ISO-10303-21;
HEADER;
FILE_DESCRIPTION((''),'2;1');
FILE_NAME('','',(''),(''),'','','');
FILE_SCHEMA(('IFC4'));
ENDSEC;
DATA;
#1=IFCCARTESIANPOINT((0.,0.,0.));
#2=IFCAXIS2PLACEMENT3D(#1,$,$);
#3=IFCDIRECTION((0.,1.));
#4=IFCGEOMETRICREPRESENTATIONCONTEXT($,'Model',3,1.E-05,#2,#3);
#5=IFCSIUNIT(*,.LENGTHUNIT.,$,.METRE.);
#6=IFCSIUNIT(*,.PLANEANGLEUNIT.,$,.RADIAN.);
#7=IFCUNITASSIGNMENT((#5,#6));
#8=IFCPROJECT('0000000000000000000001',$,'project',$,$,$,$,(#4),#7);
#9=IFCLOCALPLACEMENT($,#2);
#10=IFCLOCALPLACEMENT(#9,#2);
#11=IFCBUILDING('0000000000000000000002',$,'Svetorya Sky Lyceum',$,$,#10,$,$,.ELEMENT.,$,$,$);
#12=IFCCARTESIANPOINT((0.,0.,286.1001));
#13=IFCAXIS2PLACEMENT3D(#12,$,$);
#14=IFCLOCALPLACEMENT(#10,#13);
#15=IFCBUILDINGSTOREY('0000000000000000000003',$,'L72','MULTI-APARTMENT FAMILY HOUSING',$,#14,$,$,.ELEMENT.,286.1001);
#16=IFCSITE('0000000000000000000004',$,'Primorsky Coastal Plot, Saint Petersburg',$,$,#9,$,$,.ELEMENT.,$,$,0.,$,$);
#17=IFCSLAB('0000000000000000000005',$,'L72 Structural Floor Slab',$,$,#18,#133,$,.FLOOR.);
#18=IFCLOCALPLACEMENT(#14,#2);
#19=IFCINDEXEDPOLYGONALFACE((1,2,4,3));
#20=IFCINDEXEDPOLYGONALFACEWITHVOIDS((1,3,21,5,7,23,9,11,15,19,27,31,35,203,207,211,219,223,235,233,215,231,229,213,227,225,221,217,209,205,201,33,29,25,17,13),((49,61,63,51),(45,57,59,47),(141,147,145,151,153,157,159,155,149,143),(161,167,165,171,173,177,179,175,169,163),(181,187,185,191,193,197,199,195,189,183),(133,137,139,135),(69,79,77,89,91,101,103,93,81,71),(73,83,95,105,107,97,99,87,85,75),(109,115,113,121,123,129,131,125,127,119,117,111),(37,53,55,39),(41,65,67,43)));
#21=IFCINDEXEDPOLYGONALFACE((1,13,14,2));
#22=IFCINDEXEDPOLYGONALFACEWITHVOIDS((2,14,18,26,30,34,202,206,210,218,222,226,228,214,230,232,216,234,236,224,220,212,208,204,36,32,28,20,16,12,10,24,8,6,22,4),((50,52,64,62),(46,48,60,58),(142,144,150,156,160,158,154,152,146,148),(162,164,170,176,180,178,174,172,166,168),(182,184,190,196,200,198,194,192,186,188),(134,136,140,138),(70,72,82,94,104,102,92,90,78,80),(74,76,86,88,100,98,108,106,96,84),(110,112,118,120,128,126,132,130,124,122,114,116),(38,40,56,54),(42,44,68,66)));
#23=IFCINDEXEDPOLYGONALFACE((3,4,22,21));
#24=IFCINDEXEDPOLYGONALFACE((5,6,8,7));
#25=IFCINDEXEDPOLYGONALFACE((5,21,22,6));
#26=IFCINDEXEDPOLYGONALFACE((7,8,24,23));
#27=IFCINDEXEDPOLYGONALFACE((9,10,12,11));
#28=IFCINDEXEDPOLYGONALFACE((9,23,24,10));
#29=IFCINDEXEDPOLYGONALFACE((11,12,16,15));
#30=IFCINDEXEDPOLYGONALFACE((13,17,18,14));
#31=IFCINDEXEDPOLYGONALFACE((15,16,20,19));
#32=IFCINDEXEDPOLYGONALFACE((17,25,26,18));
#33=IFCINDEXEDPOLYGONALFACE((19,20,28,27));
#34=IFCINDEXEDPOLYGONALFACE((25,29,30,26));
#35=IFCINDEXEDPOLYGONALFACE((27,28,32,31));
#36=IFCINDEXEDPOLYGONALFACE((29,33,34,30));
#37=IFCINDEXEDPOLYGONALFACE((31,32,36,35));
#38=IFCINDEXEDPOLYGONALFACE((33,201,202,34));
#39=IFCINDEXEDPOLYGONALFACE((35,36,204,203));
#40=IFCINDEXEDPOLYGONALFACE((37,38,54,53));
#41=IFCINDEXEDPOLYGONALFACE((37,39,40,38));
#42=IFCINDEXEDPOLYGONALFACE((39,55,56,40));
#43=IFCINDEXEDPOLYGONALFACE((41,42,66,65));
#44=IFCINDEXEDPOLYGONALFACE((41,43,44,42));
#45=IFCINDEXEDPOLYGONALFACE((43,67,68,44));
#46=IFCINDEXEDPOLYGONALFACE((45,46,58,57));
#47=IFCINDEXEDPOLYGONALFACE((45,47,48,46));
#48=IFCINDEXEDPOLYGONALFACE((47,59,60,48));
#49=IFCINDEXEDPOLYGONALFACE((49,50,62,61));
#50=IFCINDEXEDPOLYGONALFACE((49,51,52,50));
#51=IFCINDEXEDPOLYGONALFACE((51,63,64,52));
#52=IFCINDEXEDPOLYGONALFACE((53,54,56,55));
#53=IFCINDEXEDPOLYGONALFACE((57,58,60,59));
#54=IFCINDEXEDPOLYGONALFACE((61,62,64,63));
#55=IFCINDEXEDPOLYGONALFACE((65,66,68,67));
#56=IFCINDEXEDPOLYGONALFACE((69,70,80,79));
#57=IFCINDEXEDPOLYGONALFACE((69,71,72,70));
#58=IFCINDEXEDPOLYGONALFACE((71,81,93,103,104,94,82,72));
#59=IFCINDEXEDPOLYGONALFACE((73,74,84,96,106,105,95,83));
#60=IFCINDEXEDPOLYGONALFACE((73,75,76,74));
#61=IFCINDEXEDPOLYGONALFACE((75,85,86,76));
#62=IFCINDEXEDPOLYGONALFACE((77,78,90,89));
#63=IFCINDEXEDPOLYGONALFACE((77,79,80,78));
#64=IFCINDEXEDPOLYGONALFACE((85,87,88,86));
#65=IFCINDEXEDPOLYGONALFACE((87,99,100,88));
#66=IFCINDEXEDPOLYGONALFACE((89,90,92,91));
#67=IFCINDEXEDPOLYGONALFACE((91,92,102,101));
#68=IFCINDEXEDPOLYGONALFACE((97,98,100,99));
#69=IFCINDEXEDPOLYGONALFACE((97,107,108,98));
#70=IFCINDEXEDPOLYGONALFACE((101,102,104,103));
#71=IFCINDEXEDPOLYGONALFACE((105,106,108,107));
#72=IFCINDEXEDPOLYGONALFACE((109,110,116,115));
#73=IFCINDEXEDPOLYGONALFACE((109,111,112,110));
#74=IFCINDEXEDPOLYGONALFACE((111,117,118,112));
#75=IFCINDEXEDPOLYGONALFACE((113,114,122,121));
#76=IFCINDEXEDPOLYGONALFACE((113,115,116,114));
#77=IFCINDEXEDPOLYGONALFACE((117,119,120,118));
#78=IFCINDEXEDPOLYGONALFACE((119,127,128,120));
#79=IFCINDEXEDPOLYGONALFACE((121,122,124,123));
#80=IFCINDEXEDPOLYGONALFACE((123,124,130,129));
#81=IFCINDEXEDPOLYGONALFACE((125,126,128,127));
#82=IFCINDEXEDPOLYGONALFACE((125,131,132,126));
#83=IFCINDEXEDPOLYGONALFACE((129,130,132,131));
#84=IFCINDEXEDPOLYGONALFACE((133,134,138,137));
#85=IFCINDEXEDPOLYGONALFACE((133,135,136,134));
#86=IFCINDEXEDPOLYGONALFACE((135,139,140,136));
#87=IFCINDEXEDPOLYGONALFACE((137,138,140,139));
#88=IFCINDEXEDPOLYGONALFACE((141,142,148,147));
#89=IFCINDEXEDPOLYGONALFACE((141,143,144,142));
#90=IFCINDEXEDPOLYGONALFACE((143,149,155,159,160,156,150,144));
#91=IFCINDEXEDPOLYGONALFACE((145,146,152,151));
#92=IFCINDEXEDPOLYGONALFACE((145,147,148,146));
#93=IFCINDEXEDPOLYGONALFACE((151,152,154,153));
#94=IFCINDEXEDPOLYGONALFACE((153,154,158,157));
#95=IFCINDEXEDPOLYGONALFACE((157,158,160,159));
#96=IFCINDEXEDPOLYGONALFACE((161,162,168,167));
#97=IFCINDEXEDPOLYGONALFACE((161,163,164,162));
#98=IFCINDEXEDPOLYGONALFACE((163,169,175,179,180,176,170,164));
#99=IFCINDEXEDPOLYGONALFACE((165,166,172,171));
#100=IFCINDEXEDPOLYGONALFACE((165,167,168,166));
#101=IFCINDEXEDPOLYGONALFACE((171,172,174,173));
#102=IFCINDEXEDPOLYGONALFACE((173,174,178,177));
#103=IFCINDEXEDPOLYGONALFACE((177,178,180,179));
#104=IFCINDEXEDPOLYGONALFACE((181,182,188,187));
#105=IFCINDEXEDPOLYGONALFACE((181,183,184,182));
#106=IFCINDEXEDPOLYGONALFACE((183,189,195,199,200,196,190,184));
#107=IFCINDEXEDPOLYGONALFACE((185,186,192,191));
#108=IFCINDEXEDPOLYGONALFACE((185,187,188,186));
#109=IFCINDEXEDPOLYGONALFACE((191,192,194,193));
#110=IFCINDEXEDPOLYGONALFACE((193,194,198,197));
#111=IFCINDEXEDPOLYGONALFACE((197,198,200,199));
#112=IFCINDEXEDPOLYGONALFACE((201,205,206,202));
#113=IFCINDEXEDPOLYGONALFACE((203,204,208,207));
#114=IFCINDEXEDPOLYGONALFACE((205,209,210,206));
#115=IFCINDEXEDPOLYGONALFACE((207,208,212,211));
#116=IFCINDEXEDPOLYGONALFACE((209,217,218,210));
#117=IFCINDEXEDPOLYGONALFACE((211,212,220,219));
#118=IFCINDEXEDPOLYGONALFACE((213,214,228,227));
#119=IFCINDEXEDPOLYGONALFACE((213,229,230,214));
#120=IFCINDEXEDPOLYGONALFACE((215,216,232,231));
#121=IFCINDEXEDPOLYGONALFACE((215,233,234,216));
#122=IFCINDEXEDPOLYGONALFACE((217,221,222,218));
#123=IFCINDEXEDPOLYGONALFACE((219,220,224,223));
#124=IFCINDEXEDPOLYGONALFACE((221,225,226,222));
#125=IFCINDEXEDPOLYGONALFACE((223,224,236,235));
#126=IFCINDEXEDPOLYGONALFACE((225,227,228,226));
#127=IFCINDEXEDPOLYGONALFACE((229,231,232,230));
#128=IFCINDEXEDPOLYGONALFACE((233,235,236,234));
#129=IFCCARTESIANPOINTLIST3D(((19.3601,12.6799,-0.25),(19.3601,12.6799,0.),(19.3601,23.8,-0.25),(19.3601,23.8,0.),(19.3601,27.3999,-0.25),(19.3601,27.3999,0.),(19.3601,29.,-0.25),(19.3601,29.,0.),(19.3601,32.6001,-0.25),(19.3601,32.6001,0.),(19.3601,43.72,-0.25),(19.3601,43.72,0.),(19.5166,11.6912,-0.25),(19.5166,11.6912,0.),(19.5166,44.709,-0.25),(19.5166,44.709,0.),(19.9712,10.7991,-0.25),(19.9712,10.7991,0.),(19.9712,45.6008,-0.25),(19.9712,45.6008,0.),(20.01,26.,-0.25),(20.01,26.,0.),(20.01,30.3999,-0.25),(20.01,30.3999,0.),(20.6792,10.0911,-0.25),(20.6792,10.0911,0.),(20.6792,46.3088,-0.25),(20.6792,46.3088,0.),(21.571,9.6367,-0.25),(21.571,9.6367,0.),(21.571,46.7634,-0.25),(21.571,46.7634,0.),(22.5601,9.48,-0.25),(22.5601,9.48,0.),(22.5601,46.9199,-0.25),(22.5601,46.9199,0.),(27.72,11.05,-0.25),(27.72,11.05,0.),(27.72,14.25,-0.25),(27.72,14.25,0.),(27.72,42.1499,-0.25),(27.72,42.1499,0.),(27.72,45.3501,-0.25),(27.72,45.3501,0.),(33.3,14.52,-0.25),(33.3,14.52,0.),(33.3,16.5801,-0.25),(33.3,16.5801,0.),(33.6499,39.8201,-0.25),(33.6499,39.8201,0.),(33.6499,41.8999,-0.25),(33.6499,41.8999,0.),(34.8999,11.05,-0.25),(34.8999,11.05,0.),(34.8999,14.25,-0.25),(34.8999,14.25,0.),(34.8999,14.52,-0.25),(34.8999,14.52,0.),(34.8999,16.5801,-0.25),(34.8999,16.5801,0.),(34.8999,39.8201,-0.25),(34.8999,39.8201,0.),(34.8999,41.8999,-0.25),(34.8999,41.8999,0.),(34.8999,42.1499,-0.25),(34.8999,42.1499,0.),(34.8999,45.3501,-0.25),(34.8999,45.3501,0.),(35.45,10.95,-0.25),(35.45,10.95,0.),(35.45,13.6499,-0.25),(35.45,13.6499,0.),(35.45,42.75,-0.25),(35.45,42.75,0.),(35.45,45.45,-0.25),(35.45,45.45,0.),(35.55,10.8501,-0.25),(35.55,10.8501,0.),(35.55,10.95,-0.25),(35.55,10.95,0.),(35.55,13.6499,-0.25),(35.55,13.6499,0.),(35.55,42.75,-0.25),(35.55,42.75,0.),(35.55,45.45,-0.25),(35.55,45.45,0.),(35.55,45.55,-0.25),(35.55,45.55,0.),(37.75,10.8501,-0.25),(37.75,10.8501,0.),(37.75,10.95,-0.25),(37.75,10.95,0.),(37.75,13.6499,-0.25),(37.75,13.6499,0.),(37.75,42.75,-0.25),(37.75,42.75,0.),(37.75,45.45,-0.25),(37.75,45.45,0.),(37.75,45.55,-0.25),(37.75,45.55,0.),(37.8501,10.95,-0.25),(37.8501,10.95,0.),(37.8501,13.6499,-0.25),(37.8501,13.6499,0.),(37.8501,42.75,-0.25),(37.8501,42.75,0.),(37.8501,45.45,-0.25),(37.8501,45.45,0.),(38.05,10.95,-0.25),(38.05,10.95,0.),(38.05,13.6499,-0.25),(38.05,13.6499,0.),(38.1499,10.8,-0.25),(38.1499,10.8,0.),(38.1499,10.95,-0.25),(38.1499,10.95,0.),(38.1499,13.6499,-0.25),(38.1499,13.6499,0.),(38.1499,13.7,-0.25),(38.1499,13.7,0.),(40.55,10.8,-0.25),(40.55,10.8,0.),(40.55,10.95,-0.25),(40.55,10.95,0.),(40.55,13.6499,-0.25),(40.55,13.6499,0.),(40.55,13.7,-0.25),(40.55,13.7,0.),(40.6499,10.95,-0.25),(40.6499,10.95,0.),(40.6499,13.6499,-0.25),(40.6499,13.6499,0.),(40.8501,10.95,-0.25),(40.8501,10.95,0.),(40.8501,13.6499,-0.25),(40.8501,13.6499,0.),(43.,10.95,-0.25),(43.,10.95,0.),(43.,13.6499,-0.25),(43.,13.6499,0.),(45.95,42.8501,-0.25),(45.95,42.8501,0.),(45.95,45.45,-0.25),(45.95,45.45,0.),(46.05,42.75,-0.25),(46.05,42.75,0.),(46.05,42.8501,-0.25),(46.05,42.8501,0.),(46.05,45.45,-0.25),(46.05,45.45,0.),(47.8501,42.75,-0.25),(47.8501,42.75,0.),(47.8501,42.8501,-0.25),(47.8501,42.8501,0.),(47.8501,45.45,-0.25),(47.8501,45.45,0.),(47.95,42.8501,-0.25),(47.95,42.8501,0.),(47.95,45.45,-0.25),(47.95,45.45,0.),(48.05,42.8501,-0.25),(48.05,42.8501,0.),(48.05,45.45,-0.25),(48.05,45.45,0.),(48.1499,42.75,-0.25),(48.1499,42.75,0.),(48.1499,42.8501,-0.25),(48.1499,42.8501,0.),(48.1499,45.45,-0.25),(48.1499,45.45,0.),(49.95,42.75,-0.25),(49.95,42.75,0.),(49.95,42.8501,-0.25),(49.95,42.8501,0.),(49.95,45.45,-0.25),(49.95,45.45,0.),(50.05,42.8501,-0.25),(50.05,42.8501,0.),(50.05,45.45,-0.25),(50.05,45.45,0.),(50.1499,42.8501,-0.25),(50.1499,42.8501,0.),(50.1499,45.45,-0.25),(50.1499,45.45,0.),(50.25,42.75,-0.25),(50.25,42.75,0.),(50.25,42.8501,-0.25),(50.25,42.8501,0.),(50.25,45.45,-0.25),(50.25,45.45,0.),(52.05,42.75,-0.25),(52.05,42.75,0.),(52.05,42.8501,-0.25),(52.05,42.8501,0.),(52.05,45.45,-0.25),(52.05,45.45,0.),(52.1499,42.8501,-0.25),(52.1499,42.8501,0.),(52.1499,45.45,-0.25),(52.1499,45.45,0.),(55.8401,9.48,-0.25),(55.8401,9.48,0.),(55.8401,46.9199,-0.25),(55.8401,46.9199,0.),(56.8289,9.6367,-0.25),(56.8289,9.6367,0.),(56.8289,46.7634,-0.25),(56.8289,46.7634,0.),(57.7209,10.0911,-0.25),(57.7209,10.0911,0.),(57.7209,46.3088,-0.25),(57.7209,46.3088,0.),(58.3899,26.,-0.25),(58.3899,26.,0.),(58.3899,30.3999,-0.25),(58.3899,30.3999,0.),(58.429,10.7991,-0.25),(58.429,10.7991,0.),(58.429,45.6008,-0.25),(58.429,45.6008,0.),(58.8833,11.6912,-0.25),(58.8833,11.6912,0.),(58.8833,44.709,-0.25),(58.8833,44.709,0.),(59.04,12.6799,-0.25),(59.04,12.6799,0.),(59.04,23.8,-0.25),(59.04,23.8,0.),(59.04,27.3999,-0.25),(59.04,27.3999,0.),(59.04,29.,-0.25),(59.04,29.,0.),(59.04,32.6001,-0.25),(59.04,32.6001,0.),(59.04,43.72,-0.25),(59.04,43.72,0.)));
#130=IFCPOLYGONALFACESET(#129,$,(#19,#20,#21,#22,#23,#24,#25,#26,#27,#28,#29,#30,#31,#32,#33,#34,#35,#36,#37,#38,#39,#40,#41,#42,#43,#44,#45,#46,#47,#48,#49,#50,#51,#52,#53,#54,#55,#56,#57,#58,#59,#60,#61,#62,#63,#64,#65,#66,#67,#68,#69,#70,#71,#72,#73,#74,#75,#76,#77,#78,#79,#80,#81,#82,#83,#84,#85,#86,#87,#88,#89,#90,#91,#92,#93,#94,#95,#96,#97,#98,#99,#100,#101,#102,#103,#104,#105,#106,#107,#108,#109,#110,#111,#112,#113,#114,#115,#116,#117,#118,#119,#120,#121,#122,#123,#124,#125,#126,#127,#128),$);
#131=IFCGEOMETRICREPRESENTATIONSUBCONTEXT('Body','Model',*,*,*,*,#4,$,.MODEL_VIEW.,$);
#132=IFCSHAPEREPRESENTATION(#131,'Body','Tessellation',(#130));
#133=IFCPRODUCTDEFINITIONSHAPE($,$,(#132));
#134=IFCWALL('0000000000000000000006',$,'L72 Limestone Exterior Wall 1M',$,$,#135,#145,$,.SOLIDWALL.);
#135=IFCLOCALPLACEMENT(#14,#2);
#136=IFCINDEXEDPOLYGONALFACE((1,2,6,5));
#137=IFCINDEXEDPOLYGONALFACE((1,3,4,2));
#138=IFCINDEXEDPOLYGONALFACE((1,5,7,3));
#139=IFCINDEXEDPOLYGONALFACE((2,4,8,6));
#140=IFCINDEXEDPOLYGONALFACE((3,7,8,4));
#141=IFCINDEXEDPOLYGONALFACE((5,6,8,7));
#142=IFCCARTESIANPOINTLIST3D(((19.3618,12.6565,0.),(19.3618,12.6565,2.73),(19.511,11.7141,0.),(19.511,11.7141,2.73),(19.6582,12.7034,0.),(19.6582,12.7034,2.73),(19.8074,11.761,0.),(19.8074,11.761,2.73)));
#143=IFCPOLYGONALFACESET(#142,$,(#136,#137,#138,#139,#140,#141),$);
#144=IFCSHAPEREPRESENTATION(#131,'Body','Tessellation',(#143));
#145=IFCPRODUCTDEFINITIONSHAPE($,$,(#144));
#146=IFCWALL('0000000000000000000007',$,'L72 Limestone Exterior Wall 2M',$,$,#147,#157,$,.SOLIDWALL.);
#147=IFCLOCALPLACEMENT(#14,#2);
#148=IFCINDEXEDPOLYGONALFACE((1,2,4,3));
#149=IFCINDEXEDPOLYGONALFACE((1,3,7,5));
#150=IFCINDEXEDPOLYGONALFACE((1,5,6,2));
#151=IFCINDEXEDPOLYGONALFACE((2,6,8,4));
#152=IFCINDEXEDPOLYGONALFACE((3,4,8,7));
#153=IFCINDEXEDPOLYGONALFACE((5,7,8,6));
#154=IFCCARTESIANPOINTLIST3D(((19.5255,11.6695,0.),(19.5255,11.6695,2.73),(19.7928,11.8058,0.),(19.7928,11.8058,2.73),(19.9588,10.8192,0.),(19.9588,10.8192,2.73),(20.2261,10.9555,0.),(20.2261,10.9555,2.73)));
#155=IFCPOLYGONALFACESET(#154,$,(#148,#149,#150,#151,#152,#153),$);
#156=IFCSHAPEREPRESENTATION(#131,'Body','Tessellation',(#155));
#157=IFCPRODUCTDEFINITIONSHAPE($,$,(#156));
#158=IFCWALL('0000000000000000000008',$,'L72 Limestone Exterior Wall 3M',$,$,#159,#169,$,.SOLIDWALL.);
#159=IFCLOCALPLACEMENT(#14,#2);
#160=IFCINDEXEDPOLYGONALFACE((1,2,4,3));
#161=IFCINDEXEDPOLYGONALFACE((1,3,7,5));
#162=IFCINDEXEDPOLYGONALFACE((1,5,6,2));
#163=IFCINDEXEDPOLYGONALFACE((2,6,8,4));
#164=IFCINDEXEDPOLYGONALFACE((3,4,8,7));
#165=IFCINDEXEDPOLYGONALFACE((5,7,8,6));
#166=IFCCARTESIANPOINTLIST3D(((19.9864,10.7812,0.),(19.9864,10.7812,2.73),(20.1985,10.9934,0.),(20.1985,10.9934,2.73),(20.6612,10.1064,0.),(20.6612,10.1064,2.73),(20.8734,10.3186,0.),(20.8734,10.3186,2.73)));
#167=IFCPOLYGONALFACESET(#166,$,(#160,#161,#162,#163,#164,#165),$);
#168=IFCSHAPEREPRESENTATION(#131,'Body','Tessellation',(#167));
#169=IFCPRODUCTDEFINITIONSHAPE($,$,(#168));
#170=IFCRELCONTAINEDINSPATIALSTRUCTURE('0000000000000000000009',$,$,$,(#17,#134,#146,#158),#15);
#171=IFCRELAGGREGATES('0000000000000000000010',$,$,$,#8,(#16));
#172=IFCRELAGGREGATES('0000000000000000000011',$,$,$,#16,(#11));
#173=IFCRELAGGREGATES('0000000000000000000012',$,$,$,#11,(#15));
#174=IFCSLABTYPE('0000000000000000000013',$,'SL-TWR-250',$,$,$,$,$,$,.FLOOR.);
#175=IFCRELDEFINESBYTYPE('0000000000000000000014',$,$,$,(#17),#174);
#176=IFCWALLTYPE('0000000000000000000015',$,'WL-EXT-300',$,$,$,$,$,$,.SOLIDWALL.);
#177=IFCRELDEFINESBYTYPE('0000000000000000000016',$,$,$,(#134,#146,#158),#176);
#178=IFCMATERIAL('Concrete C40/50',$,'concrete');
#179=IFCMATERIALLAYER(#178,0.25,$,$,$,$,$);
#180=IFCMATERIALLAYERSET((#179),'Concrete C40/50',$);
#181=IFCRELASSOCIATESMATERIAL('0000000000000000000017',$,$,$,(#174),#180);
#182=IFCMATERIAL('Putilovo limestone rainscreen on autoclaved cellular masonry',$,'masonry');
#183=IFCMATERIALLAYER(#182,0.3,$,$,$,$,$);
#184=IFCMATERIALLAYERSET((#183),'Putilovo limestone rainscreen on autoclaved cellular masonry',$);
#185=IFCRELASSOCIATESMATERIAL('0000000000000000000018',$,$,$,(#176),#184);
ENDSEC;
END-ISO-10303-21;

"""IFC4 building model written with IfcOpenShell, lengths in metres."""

from ifc_helpers import new_model, si_unit, direction, frame, frame_2d, origin, place, context, subcontext, project, spatial, polyline, rectangle, outline, extrude, material, layer, layer_set, type_object, element, save


model = new_model("IFC4")

# Units and contexts
model_context = context("Model", 3, precision=1e-05, world=origin(), true_north=direction((0.0, 1.0)))
body_context = subcontext(model_context, "Body", "Model", "MODEL_VIEW")
ifc_project = project(units=[si_unit("LENGTHUNIT", "METRE"), si_unit("PLANEANGLEUNIT", "RADIAN")], contexts=[model_context])

# Site, building, storey
site_placement = place(None, origin())
site = spatial("IfcSite", under=ifc_project, at=site_placement, Name="Primorsky Coastal Plot, Saint Petersburg", CompositionType="ELEMENT", RefElevation=0.0)
building_placement = place(site_placement, origin())
building = spatial("IfcBuilding", under=site, at=building_placement, Name="Svetorya Sky Lyceum", CompositionType="ELEMENT")
storey_placement = place(building_placement, frame((0.0, 0.0, 286.1001)))
storey = spatial("IfcBuildingStorey", under=building, at=storey_placement, Name="L72", Description="MULTI-APARTMENT FAMILY HOUSING", CompositionType="ELEMENT", Elevation=286.1001)

# Shared definitions
ifc_material_1 = material(Name="Concrete C40/50", Category="concrete")

# Slab
ifc_layer_1 = layer(ifc_material_1, 0.25)
ifc_layer_set_1 = layer_set([ifc_layer_1], Name="Concrete C40/50")
slab_type_1 = type_object("IfcSlabType", Name="SL-TWR-250", PredefinedType="FLOOR", material=ifc_layer_set_1)
slab_1_placement = place(storey_placement, frame((0.0, 0.0, -0.25)))
element("IfcSlab", 1, at=slab_1_placement, inside=storey, type_object=slab_type_1, Name="L72 Structural Floor Slab", PredefinedType="FLOOR", context=body_context, shape_type="SweptSolid", body=[
    extrude(outline(polyline([(19.3601, 12.6799), (19.5166, 11.6912), (19.9712, 10.7991), (20.6792, 10.0911), (21.571, 9.6367), (22.5601, 9.48), (55.8401, 9.48), (56.8289, 9.6367), (57.7209, 10.0911), (58.429, 10.7991), (58.8833, 11.6912), (59.04, 12.6799), (59.04, 23.8), (58.3899, 26.0), (59.04, 27.3999), (59.04, 29.0), (58.3899, 30.3999), (59.04, 32.6001), (59.04, 43.72), (58.8833, 44.709), (58.429, 45.6008), (57.7209, 46.3088), (56.8289, 46.7634), (55.8401, 46.9199), (22.5601, 46.9199), (21.571, 46.7634), (20.6792, 46.3088), (19.9712, 45.6008), (19.5166, 44.709), (19.3601, 43.72), (19.3601, 32.6001), (20.01, 30.3999), (19.3601, 29.0), (19.3601, 27.3999), (20.01, 26.0), (19.3601, 23.8), (19.3601, 12.6799)]), holes=[polyline([(37.8501, 10.95), (37.75, 10.95), (37.75, 10.8501), (35.55, 10.8501), (35.55, 10.95), (35.45, 10.95), (35.45, 13.6499), (35.55, 13.6499), (37.75, 13.6499), (37.8501, 13.6499), (37.8501, 10.95)]), polyline([(38.1499, 10.8), (38.1499, 10.95), (38.05, 10.95), (38.05, 13.6499), (38.1499, 13.6499), (38.1499, 13.7), (40.55, 13.7), (40.55, 13.6499), (40.6499, 13.6499), (40.6499, 10.95), (40.55, 10.95), (40.55, 10.8), (38.1499, 10.8)]), polyline([(27.72, 11.05), (27.72, 14.25), (34.8999, 14.25), (34.8999, 11.05), (27.72, 11.05)]), polyline([(33.3, 14.52), (33.3, 16.5801), (34.8999, 16.5801), (34.8999, 14.52), (33.3, 14.52)]), polyline([(33.6499, 39.8201), (33.6499, 41.8999), (34.8999, 41.8999), (34.8999, 39.8201), (33.6499, 39.8201)]), polyline([(27.72, 42.1499), (27.72, 45.3501), (34.8999, 45.3501), (34.8999, 42.1499), (27.72, 42.1499)]), polyline([(37.75, 42.75), (35.55, 42.75), (35.45, 42.75), (35.45, 45.45), (35.55, 45.45), (35.55, 45.55), (37.75, 45.55), (37.75, 45.45), (37.8501, 45.45), (37.8501, 42.75), (37.75, 42.75)]), polyline([(40.8501, 10.95), (40.8501, 13.6499), (43.0, 13.6499), (43.0, 10.95), (40.8501, 10.95)]), polyline([(46.05, 42.75), (46.05, 42.8501), (45.95, 42.8501), (45.95, 45.45), (46.05, 45.45), (47.8501, 45.45), (47.95, 45.45), (47.95, 42.8501), (47.8501, 42.8501), (47.8501, 42.75), (46.05, 42.75)]), polyline([(50.05, 42.8501), (49.95, 42.8501), (49.95, 42.75), (48.1499, 42.75), (48.1499, 42.8501), (48.05, 42.8501), (48.05, 45.45), (48.1499, 45.45), (49.95, 45.45), (50.05, 45.45), (50.05, 42.8501)]), polyline([(52.1499, 42.8501), (52.05, 42.8501), (52.05, 42.75), (50.25, 42.75), (50.25, 42.8501), (50.1499, 42.8501), (50.1499, 45.45), (50.25, 45.45), (52.05, 45.45), (52.1499, 45.45), (52.1499, 42.8501)])]), origin(), (0.0, 0.0, 1.0), 0.25),
])

# Walls
ifc_material_2 = material(Name="Putilovo limestone rainscreen on autoclaved cellular masonry", Category="masonry")
ifc_layer_2 = layer(ifc_material_2, 0.3)
ifc_layer_set_2 = layer_set([ifc_layer_2], Name="Putilovo limestone rainscreen on autoclaved cellular masonry")
wall_type_1 = type_object("IfcWallType", Name="WL-EXT-300", PredefinedType="SOLIDWALL", material=ifc_layer_set_2)
wall_1_placement = place(storey_placement, frame((19.51, 12.6799, 0.0), z_axis=(0.0, 0.0, 1.0), x_axis=(0.156344, -0.987703, 0.0)))
element("IfcWall", 2, at=wall_1_placement, inside=storey, type_object=wall_type_1, Name="L72 Limestone Exterior Wall 1M", PredefinedType="SOLIDWALL", context=body_context, shape_type="SweptSolid", body=[
    extrude(rectangle(XDim=0.9541, YDim=0.3, at=frame_2d((0.4771, 0.0))), origin(), (0.0, 0.0, 1.0), 2.73),
])
for number, where, z_axis, x_axis, name in (
    (3, (19.6592, 11.7375, 0.0), (0.0, 0.0, 1.0), (0.454056, -0.890973, 0.0), "L72 Limestone Exterior Wall 2M"),
    (4, (20.0925, 10.8872, 0.0), (0.0, 0.0, 1.0), (0.707107, -0.707107, 0.0), "L72 Limestone Exterior Wall 3M"),
):
    element("IfcWall", number, at=place(storey_placement, frame(where, z_axis=z_axis, x_axis=x_axis)), inside=storey, type_object=wall_type_1, Name=name, PredefinedType="SOLIDWALL", context=body_context, shape_type="SweptSolid", body=[
        extrude(rectangle(XDim=0.9543, YDim=0.3, at=frame_2d((0.4771, 0.0))), origin(), (0.0, 0.0, 1.0), 2.73),
    ])

save(model, "model.ifc")
